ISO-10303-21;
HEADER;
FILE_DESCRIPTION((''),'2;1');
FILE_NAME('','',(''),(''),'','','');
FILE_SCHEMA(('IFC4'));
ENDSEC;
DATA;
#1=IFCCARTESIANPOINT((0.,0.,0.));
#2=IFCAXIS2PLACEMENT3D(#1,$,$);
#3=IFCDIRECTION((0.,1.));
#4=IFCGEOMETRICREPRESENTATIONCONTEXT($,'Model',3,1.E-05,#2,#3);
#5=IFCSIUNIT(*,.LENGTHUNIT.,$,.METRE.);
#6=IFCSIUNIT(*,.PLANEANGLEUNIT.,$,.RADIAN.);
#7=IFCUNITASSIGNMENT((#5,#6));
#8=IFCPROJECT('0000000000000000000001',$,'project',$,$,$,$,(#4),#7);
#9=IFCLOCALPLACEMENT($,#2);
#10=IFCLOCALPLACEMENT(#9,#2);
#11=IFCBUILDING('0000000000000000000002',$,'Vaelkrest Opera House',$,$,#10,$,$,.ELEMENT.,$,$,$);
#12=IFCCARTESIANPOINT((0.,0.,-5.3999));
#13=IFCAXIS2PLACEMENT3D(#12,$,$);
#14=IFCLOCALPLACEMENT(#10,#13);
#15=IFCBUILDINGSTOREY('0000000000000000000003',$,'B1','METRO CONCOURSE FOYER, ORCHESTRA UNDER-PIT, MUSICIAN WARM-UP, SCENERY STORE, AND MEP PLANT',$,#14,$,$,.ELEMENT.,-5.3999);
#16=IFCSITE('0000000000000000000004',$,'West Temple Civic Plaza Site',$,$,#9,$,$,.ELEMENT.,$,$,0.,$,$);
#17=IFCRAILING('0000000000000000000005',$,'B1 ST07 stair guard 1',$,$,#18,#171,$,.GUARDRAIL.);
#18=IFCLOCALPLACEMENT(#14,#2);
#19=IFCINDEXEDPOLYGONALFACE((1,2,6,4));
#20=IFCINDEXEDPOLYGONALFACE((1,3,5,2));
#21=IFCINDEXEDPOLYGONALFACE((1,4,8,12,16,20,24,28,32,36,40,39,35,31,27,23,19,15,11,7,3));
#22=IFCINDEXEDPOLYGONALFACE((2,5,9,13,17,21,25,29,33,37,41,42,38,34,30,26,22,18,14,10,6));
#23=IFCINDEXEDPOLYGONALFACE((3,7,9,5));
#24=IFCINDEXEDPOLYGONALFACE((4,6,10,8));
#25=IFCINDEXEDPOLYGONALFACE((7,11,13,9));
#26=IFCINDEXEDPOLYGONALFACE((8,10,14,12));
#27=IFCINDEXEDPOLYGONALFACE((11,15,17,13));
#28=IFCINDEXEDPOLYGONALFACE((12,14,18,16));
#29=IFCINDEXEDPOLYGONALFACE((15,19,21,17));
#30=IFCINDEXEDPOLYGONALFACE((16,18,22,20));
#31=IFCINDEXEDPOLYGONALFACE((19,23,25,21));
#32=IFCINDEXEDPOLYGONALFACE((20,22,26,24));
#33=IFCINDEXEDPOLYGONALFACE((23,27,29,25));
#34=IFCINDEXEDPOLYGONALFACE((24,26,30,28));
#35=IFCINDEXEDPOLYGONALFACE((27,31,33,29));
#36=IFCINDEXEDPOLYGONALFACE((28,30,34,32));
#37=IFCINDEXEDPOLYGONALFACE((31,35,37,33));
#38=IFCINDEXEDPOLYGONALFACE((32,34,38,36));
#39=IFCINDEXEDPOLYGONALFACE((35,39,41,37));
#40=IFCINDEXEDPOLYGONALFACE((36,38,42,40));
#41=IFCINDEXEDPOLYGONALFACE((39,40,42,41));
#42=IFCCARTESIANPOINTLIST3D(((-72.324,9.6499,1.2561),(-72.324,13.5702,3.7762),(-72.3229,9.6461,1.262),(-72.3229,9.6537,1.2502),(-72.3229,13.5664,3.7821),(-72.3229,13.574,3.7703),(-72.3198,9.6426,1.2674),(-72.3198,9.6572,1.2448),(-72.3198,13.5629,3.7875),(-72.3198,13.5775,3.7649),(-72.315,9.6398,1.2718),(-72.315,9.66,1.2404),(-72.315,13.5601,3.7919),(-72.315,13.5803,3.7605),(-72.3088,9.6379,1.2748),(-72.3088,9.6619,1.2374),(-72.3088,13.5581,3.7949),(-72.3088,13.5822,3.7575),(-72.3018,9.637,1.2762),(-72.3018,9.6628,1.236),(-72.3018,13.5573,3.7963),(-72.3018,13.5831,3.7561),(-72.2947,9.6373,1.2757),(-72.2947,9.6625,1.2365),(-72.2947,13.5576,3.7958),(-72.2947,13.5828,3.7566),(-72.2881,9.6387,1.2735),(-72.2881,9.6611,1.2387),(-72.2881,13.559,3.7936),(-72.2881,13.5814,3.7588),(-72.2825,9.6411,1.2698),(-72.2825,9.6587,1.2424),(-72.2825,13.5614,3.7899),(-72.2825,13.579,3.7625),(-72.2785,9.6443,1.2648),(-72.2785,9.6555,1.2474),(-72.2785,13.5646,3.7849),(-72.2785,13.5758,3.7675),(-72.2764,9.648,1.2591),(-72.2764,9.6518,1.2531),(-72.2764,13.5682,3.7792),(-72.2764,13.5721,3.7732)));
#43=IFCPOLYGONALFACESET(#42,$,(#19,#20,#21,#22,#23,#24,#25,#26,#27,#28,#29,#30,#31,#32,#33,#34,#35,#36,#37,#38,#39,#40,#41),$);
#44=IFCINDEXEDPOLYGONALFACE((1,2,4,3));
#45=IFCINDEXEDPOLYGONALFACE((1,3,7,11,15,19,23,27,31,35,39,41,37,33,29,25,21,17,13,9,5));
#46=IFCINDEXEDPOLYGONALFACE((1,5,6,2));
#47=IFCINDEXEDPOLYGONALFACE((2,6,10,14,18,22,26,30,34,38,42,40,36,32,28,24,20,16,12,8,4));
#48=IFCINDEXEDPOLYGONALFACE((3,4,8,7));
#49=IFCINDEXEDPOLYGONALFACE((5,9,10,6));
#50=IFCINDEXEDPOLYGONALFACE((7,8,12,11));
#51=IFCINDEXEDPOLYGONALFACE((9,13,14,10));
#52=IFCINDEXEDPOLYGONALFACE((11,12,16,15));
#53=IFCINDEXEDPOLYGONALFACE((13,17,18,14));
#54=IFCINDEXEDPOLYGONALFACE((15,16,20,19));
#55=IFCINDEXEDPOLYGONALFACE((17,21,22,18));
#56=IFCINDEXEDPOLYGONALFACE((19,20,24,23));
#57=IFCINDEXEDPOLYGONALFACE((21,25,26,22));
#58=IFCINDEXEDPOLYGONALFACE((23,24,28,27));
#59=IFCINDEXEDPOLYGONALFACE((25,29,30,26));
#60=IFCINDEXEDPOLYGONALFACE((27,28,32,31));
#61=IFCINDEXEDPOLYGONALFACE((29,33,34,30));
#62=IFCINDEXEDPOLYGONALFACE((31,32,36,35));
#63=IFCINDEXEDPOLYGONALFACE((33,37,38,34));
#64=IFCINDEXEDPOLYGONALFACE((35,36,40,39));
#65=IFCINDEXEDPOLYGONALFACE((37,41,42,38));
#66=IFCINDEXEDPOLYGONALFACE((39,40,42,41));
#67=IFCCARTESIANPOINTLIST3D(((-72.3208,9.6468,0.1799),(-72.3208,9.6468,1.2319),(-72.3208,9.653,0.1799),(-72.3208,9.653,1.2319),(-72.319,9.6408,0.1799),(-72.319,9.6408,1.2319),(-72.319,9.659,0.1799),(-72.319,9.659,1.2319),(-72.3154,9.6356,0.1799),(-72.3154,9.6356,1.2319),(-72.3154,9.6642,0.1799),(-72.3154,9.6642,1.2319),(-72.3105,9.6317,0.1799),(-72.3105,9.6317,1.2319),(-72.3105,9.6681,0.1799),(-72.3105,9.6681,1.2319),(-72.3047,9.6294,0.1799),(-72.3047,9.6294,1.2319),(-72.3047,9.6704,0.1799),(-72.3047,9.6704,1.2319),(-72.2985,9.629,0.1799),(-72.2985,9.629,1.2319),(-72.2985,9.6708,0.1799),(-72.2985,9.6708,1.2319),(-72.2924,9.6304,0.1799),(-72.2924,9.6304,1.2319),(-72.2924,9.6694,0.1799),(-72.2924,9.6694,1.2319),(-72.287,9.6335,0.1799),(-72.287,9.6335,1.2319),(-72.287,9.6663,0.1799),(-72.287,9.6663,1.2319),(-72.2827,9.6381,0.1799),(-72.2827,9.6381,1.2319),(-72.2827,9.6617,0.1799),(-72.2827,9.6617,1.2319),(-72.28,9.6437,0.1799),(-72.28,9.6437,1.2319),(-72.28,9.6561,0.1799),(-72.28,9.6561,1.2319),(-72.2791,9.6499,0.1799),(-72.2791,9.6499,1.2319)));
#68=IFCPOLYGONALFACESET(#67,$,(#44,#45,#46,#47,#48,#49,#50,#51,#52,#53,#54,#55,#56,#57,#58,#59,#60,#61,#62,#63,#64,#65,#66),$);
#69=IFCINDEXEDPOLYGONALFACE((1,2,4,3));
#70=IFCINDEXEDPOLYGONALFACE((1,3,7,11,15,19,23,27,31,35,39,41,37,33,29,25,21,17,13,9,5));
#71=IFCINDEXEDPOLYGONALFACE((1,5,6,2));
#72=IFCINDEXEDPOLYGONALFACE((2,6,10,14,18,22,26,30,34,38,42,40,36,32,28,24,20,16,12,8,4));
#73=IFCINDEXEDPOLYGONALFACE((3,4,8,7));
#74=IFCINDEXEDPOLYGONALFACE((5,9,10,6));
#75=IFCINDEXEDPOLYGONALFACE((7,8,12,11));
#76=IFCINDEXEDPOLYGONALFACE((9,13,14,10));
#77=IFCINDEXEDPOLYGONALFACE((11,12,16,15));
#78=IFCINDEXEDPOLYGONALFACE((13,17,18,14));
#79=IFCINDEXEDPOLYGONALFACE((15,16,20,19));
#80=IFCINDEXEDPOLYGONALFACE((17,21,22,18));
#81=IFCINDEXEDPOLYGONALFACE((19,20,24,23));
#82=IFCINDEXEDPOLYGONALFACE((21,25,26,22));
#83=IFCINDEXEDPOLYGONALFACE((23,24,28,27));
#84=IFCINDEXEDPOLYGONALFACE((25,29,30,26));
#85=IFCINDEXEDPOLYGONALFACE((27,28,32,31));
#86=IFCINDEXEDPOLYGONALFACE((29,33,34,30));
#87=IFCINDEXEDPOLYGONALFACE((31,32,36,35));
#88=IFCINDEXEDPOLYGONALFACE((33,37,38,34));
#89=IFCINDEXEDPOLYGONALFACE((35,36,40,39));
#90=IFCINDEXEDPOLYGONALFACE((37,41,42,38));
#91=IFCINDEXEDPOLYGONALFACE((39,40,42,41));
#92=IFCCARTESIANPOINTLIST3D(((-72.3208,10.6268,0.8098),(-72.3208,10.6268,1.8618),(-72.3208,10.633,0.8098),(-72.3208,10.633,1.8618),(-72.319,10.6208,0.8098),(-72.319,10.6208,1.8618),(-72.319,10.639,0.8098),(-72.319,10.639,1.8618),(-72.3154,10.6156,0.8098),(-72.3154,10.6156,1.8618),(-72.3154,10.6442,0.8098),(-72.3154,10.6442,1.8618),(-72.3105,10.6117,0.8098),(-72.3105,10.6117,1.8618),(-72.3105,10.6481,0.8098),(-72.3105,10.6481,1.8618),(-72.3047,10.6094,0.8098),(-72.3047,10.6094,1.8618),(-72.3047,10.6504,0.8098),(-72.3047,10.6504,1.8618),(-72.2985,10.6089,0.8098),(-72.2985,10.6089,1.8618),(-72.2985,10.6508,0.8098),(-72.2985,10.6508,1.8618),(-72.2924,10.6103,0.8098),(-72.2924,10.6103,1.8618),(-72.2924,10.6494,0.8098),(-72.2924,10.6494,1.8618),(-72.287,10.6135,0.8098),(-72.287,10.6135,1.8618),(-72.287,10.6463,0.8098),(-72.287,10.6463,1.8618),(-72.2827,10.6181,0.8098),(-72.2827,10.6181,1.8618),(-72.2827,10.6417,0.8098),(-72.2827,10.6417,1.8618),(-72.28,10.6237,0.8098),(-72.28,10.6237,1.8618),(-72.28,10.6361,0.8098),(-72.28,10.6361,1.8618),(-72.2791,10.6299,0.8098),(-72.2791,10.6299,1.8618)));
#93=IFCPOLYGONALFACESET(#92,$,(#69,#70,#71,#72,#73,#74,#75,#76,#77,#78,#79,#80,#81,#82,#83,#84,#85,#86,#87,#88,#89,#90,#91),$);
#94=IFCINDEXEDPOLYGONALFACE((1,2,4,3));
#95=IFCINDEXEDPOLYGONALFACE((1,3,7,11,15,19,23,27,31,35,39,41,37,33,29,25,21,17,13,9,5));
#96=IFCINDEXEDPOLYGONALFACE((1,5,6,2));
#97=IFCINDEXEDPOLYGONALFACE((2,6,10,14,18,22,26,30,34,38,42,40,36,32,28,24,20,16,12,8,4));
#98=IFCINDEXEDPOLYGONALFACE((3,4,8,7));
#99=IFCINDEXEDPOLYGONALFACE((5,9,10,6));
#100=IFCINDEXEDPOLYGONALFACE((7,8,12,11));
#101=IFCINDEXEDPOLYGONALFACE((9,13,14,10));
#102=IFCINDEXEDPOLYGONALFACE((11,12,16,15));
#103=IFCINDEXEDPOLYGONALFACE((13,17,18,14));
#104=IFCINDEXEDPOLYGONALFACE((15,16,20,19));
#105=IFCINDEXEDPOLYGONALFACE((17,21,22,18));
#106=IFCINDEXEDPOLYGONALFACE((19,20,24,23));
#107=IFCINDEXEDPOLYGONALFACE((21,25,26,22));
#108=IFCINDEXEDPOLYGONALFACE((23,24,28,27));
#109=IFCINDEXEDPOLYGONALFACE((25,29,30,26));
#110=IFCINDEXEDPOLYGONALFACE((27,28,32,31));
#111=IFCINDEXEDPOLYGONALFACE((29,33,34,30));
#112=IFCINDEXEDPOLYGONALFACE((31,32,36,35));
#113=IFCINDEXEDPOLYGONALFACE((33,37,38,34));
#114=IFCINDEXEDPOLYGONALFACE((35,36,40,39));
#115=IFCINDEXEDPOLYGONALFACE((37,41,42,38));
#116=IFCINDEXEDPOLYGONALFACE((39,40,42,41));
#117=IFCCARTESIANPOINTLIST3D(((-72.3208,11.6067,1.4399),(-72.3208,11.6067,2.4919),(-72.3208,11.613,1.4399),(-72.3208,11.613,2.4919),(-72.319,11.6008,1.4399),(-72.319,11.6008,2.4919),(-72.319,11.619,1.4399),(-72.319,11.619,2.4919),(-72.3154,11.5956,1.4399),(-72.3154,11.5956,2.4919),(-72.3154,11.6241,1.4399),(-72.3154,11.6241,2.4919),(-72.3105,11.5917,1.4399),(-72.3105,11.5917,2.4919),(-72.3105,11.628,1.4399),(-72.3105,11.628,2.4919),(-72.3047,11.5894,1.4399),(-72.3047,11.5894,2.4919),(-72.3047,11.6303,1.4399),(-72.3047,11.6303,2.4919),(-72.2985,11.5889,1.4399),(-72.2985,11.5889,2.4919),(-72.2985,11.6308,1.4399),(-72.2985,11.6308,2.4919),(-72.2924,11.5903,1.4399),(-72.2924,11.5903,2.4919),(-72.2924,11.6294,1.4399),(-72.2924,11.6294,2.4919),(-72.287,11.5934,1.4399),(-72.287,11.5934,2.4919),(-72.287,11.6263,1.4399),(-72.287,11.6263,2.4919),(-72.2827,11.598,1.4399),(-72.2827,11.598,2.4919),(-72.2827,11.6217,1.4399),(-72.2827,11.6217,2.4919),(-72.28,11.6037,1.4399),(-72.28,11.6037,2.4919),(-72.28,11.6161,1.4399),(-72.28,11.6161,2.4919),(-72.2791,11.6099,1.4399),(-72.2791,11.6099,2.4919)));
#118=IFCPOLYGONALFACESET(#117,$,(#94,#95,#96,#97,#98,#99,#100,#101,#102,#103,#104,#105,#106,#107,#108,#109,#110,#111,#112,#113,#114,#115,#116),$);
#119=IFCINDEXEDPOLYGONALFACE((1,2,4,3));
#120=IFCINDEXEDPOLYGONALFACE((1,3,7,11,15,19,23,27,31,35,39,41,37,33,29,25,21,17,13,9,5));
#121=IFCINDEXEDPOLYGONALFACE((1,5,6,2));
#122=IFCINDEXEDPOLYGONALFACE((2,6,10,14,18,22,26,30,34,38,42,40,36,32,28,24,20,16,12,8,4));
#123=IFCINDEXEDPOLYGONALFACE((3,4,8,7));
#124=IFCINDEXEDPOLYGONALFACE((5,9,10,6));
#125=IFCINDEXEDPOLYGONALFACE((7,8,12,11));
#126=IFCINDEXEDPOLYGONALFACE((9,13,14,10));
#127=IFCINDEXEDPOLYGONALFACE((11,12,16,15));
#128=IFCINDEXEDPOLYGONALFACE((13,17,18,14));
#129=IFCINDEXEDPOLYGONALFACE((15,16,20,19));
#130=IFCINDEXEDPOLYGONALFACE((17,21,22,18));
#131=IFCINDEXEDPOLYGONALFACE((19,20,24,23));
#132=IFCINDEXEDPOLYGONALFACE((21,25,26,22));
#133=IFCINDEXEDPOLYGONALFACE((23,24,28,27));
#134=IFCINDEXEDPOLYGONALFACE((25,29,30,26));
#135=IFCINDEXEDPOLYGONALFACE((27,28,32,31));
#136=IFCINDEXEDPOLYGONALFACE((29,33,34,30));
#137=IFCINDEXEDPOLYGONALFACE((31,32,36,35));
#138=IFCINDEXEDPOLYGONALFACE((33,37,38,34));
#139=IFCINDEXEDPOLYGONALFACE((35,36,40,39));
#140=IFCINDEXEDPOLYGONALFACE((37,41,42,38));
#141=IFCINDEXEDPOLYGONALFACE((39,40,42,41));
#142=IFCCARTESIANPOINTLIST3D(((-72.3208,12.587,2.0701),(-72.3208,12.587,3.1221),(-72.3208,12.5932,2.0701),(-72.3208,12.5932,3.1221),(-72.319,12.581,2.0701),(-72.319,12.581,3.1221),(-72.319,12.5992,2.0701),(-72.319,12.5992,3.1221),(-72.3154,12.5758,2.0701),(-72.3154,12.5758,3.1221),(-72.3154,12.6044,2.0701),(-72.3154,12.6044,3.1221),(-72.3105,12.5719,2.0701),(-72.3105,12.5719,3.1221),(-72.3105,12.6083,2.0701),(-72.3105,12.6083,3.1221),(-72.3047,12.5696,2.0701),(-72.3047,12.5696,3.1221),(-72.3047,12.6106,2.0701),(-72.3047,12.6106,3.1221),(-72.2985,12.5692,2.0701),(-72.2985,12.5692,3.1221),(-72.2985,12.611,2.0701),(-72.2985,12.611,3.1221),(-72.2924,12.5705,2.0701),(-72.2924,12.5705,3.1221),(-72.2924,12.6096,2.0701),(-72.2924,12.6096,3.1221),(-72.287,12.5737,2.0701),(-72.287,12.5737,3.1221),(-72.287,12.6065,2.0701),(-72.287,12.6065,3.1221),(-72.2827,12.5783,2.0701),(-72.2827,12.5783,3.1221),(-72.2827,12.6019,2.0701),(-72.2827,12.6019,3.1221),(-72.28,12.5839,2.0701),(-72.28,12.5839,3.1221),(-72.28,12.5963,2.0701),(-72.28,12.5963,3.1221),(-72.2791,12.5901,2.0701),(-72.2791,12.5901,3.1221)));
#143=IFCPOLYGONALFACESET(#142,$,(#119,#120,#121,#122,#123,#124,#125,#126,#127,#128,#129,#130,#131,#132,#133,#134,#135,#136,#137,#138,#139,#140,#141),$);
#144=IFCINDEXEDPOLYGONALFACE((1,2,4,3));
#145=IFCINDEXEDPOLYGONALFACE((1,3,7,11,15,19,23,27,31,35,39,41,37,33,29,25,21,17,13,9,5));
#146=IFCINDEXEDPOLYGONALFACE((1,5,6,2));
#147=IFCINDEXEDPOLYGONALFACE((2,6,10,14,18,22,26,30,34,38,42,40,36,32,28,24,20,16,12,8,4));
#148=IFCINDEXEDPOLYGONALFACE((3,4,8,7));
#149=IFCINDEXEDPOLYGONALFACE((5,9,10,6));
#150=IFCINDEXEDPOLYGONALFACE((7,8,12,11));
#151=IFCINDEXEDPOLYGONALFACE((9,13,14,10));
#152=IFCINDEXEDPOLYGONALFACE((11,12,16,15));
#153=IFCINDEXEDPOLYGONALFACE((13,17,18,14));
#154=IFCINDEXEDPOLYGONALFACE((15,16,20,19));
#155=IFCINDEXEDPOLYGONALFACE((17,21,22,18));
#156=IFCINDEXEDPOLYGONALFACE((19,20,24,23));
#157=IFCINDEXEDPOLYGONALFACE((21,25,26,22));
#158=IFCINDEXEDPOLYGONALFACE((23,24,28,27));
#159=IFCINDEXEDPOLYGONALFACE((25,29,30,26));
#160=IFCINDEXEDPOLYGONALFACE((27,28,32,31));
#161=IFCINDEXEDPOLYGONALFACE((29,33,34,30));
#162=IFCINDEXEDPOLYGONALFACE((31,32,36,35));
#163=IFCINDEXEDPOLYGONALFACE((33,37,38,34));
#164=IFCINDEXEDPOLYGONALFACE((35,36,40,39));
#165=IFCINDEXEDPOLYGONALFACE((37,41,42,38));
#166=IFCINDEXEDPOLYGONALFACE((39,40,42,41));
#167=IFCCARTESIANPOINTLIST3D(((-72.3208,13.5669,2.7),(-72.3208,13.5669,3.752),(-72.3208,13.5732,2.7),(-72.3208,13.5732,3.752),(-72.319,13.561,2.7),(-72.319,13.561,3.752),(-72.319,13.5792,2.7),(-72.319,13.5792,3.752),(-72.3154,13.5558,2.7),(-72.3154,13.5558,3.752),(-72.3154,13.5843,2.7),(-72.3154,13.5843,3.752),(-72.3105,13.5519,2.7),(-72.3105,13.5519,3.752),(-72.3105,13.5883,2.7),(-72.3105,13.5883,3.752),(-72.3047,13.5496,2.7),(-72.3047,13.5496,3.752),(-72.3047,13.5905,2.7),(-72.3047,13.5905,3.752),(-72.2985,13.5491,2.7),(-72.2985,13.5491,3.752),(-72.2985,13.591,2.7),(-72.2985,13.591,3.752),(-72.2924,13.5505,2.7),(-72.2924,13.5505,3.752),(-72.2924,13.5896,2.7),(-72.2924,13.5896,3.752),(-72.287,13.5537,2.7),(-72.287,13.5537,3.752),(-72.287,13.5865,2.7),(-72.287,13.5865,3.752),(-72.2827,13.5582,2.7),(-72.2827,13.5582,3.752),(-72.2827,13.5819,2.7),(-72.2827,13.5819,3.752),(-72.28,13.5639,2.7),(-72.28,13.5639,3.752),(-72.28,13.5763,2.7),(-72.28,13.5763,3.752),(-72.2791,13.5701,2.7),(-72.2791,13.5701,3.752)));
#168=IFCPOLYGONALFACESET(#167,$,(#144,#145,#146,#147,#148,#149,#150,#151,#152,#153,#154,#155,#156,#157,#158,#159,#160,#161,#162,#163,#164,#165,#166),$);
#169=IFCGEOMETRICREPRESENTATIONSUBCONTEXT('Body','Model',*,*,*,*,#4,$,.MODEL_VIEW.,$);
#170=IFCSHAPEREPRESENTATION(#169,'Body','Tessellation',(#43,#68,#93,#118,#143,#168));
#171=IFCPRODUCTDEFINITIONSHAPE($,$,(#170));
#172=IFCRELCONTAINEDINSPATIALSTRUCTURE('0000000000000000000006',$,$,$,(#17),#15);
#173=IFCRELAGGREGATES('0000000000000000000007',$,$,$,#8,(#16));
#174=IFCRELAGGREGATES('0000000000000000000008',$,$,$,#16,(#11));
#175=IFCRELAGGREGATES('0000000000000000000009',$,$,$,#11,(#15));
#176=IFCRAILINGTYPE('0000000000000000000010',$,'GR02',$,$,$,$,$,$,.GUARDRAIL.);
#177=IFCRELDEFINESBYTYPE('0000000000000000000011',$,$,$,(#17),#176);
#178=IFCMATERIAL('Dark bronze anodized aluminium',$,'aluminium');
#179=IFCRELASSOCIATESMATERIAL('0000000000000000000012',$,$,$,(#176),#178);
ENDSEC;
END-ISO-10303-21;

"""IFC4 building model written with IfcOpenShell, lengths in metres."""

from ifc_helpers import new_model, si_unit, direction, frame, origin, origin_2d, place, context, subcontext, project, spatial, circle, extrude, material, type_object, element, save


model = new_model("IFC4")

# Units and contexts
model_context = context("Model", 3, precision=1e-05, world=origin(), true_north=direction((0.0, 1.0)))
body_context = subcontext(model_context, "Body", "Model", "MODEL_VIEW")
ifc_project = project(units=[si_unit("LENGTHUNIT", "METRE"), si_unit("PLANEANGLEUNIT", "RADIAN")], contexts=[model_context])

# Site, building, storey
site_placement = place(None, origin())
site = spatial("IfcSite", under=ifc_project, at=site_placement, Name="West Temple Civic Plaza Site", CompositionType="ELEMENT", RefElevation=0.0)
building_placement = place(site_placement, origin())
building = spatial("IfcBuilding", under=site, at=building_placement, Name="Vaelkrest Opera House", CompositionType="ELEMENT")
storey_placement = place(building_placement, frame((0.0, 0.0, -5.3999)))
storey = spatial("IfcBuildingStorey", under=building, at=storey_placement, Name="B1", Description="METRO CONCOURSE FOYER, ORCHESTRA UNDER-PIT, MUSICIAN WARM-UP, SCENERY STORE, AND MEP PLANT", CompositionType="ELEMENT", Elevation=-5.3999)

# Railing
ifc_material_1 = material(Name="Dark bronze anodized aluminium", Category="aluminium")
railing_type_1 = type_object("IfcRailingType", Name="GR02", PredefinedType="GUARDRAIL", material=ifc_material_1)
railing_1_placement = place(storey_placement, frame((-72.3, 9.6499, 0.1799)))
element("IfcRailing", 1, at=railing_1_placement, inside=storey, type_object=railing_type_1, Name="B1 ST07 stair guard 1", PredefinedType="GUARDRAIL", context=body_context, shape_type="SweptSolid", body=[
    extrude(circle(Radius=0.0239, at=origin_2d()), frame((0.0, 0.0, 1.0762), z_axis=(0.0, 0.841187, 0.540744), x_axis=(-1.0, 0.0, 0.0)), (0.0, 0.0, 1.0), 4.6604),
    extrude(circle(Radius=0.021, at=origin_2d()), origin(), (0.0, 0.0, 1.0), 1.052),
    extrude(circle(Radius=0.021, at=origin_2d()), frame((0.0, 0.98, 0.6299)), (0.0, 0.0, 1.0), 1.052),
    extrude(circle(Radius=0.021, at=origin_2d()), frame((0.0, 1.96, 1.26)), (0.0, 0.0, 1.0), 1.052),
    extrude(circle(Radius=0.021, at=origin_2d()), frame((0.0, 2.9402, 1.8901)), (0.0, 0.0, 1.0), 1.052),
    extrude(circle(Radius=0.021, at=origin_2d()), frame((0.0, 3.9202, 2.52)), (0.0, 0.0, 1.0), 1.052),
])

save(model, "model.ifc")
